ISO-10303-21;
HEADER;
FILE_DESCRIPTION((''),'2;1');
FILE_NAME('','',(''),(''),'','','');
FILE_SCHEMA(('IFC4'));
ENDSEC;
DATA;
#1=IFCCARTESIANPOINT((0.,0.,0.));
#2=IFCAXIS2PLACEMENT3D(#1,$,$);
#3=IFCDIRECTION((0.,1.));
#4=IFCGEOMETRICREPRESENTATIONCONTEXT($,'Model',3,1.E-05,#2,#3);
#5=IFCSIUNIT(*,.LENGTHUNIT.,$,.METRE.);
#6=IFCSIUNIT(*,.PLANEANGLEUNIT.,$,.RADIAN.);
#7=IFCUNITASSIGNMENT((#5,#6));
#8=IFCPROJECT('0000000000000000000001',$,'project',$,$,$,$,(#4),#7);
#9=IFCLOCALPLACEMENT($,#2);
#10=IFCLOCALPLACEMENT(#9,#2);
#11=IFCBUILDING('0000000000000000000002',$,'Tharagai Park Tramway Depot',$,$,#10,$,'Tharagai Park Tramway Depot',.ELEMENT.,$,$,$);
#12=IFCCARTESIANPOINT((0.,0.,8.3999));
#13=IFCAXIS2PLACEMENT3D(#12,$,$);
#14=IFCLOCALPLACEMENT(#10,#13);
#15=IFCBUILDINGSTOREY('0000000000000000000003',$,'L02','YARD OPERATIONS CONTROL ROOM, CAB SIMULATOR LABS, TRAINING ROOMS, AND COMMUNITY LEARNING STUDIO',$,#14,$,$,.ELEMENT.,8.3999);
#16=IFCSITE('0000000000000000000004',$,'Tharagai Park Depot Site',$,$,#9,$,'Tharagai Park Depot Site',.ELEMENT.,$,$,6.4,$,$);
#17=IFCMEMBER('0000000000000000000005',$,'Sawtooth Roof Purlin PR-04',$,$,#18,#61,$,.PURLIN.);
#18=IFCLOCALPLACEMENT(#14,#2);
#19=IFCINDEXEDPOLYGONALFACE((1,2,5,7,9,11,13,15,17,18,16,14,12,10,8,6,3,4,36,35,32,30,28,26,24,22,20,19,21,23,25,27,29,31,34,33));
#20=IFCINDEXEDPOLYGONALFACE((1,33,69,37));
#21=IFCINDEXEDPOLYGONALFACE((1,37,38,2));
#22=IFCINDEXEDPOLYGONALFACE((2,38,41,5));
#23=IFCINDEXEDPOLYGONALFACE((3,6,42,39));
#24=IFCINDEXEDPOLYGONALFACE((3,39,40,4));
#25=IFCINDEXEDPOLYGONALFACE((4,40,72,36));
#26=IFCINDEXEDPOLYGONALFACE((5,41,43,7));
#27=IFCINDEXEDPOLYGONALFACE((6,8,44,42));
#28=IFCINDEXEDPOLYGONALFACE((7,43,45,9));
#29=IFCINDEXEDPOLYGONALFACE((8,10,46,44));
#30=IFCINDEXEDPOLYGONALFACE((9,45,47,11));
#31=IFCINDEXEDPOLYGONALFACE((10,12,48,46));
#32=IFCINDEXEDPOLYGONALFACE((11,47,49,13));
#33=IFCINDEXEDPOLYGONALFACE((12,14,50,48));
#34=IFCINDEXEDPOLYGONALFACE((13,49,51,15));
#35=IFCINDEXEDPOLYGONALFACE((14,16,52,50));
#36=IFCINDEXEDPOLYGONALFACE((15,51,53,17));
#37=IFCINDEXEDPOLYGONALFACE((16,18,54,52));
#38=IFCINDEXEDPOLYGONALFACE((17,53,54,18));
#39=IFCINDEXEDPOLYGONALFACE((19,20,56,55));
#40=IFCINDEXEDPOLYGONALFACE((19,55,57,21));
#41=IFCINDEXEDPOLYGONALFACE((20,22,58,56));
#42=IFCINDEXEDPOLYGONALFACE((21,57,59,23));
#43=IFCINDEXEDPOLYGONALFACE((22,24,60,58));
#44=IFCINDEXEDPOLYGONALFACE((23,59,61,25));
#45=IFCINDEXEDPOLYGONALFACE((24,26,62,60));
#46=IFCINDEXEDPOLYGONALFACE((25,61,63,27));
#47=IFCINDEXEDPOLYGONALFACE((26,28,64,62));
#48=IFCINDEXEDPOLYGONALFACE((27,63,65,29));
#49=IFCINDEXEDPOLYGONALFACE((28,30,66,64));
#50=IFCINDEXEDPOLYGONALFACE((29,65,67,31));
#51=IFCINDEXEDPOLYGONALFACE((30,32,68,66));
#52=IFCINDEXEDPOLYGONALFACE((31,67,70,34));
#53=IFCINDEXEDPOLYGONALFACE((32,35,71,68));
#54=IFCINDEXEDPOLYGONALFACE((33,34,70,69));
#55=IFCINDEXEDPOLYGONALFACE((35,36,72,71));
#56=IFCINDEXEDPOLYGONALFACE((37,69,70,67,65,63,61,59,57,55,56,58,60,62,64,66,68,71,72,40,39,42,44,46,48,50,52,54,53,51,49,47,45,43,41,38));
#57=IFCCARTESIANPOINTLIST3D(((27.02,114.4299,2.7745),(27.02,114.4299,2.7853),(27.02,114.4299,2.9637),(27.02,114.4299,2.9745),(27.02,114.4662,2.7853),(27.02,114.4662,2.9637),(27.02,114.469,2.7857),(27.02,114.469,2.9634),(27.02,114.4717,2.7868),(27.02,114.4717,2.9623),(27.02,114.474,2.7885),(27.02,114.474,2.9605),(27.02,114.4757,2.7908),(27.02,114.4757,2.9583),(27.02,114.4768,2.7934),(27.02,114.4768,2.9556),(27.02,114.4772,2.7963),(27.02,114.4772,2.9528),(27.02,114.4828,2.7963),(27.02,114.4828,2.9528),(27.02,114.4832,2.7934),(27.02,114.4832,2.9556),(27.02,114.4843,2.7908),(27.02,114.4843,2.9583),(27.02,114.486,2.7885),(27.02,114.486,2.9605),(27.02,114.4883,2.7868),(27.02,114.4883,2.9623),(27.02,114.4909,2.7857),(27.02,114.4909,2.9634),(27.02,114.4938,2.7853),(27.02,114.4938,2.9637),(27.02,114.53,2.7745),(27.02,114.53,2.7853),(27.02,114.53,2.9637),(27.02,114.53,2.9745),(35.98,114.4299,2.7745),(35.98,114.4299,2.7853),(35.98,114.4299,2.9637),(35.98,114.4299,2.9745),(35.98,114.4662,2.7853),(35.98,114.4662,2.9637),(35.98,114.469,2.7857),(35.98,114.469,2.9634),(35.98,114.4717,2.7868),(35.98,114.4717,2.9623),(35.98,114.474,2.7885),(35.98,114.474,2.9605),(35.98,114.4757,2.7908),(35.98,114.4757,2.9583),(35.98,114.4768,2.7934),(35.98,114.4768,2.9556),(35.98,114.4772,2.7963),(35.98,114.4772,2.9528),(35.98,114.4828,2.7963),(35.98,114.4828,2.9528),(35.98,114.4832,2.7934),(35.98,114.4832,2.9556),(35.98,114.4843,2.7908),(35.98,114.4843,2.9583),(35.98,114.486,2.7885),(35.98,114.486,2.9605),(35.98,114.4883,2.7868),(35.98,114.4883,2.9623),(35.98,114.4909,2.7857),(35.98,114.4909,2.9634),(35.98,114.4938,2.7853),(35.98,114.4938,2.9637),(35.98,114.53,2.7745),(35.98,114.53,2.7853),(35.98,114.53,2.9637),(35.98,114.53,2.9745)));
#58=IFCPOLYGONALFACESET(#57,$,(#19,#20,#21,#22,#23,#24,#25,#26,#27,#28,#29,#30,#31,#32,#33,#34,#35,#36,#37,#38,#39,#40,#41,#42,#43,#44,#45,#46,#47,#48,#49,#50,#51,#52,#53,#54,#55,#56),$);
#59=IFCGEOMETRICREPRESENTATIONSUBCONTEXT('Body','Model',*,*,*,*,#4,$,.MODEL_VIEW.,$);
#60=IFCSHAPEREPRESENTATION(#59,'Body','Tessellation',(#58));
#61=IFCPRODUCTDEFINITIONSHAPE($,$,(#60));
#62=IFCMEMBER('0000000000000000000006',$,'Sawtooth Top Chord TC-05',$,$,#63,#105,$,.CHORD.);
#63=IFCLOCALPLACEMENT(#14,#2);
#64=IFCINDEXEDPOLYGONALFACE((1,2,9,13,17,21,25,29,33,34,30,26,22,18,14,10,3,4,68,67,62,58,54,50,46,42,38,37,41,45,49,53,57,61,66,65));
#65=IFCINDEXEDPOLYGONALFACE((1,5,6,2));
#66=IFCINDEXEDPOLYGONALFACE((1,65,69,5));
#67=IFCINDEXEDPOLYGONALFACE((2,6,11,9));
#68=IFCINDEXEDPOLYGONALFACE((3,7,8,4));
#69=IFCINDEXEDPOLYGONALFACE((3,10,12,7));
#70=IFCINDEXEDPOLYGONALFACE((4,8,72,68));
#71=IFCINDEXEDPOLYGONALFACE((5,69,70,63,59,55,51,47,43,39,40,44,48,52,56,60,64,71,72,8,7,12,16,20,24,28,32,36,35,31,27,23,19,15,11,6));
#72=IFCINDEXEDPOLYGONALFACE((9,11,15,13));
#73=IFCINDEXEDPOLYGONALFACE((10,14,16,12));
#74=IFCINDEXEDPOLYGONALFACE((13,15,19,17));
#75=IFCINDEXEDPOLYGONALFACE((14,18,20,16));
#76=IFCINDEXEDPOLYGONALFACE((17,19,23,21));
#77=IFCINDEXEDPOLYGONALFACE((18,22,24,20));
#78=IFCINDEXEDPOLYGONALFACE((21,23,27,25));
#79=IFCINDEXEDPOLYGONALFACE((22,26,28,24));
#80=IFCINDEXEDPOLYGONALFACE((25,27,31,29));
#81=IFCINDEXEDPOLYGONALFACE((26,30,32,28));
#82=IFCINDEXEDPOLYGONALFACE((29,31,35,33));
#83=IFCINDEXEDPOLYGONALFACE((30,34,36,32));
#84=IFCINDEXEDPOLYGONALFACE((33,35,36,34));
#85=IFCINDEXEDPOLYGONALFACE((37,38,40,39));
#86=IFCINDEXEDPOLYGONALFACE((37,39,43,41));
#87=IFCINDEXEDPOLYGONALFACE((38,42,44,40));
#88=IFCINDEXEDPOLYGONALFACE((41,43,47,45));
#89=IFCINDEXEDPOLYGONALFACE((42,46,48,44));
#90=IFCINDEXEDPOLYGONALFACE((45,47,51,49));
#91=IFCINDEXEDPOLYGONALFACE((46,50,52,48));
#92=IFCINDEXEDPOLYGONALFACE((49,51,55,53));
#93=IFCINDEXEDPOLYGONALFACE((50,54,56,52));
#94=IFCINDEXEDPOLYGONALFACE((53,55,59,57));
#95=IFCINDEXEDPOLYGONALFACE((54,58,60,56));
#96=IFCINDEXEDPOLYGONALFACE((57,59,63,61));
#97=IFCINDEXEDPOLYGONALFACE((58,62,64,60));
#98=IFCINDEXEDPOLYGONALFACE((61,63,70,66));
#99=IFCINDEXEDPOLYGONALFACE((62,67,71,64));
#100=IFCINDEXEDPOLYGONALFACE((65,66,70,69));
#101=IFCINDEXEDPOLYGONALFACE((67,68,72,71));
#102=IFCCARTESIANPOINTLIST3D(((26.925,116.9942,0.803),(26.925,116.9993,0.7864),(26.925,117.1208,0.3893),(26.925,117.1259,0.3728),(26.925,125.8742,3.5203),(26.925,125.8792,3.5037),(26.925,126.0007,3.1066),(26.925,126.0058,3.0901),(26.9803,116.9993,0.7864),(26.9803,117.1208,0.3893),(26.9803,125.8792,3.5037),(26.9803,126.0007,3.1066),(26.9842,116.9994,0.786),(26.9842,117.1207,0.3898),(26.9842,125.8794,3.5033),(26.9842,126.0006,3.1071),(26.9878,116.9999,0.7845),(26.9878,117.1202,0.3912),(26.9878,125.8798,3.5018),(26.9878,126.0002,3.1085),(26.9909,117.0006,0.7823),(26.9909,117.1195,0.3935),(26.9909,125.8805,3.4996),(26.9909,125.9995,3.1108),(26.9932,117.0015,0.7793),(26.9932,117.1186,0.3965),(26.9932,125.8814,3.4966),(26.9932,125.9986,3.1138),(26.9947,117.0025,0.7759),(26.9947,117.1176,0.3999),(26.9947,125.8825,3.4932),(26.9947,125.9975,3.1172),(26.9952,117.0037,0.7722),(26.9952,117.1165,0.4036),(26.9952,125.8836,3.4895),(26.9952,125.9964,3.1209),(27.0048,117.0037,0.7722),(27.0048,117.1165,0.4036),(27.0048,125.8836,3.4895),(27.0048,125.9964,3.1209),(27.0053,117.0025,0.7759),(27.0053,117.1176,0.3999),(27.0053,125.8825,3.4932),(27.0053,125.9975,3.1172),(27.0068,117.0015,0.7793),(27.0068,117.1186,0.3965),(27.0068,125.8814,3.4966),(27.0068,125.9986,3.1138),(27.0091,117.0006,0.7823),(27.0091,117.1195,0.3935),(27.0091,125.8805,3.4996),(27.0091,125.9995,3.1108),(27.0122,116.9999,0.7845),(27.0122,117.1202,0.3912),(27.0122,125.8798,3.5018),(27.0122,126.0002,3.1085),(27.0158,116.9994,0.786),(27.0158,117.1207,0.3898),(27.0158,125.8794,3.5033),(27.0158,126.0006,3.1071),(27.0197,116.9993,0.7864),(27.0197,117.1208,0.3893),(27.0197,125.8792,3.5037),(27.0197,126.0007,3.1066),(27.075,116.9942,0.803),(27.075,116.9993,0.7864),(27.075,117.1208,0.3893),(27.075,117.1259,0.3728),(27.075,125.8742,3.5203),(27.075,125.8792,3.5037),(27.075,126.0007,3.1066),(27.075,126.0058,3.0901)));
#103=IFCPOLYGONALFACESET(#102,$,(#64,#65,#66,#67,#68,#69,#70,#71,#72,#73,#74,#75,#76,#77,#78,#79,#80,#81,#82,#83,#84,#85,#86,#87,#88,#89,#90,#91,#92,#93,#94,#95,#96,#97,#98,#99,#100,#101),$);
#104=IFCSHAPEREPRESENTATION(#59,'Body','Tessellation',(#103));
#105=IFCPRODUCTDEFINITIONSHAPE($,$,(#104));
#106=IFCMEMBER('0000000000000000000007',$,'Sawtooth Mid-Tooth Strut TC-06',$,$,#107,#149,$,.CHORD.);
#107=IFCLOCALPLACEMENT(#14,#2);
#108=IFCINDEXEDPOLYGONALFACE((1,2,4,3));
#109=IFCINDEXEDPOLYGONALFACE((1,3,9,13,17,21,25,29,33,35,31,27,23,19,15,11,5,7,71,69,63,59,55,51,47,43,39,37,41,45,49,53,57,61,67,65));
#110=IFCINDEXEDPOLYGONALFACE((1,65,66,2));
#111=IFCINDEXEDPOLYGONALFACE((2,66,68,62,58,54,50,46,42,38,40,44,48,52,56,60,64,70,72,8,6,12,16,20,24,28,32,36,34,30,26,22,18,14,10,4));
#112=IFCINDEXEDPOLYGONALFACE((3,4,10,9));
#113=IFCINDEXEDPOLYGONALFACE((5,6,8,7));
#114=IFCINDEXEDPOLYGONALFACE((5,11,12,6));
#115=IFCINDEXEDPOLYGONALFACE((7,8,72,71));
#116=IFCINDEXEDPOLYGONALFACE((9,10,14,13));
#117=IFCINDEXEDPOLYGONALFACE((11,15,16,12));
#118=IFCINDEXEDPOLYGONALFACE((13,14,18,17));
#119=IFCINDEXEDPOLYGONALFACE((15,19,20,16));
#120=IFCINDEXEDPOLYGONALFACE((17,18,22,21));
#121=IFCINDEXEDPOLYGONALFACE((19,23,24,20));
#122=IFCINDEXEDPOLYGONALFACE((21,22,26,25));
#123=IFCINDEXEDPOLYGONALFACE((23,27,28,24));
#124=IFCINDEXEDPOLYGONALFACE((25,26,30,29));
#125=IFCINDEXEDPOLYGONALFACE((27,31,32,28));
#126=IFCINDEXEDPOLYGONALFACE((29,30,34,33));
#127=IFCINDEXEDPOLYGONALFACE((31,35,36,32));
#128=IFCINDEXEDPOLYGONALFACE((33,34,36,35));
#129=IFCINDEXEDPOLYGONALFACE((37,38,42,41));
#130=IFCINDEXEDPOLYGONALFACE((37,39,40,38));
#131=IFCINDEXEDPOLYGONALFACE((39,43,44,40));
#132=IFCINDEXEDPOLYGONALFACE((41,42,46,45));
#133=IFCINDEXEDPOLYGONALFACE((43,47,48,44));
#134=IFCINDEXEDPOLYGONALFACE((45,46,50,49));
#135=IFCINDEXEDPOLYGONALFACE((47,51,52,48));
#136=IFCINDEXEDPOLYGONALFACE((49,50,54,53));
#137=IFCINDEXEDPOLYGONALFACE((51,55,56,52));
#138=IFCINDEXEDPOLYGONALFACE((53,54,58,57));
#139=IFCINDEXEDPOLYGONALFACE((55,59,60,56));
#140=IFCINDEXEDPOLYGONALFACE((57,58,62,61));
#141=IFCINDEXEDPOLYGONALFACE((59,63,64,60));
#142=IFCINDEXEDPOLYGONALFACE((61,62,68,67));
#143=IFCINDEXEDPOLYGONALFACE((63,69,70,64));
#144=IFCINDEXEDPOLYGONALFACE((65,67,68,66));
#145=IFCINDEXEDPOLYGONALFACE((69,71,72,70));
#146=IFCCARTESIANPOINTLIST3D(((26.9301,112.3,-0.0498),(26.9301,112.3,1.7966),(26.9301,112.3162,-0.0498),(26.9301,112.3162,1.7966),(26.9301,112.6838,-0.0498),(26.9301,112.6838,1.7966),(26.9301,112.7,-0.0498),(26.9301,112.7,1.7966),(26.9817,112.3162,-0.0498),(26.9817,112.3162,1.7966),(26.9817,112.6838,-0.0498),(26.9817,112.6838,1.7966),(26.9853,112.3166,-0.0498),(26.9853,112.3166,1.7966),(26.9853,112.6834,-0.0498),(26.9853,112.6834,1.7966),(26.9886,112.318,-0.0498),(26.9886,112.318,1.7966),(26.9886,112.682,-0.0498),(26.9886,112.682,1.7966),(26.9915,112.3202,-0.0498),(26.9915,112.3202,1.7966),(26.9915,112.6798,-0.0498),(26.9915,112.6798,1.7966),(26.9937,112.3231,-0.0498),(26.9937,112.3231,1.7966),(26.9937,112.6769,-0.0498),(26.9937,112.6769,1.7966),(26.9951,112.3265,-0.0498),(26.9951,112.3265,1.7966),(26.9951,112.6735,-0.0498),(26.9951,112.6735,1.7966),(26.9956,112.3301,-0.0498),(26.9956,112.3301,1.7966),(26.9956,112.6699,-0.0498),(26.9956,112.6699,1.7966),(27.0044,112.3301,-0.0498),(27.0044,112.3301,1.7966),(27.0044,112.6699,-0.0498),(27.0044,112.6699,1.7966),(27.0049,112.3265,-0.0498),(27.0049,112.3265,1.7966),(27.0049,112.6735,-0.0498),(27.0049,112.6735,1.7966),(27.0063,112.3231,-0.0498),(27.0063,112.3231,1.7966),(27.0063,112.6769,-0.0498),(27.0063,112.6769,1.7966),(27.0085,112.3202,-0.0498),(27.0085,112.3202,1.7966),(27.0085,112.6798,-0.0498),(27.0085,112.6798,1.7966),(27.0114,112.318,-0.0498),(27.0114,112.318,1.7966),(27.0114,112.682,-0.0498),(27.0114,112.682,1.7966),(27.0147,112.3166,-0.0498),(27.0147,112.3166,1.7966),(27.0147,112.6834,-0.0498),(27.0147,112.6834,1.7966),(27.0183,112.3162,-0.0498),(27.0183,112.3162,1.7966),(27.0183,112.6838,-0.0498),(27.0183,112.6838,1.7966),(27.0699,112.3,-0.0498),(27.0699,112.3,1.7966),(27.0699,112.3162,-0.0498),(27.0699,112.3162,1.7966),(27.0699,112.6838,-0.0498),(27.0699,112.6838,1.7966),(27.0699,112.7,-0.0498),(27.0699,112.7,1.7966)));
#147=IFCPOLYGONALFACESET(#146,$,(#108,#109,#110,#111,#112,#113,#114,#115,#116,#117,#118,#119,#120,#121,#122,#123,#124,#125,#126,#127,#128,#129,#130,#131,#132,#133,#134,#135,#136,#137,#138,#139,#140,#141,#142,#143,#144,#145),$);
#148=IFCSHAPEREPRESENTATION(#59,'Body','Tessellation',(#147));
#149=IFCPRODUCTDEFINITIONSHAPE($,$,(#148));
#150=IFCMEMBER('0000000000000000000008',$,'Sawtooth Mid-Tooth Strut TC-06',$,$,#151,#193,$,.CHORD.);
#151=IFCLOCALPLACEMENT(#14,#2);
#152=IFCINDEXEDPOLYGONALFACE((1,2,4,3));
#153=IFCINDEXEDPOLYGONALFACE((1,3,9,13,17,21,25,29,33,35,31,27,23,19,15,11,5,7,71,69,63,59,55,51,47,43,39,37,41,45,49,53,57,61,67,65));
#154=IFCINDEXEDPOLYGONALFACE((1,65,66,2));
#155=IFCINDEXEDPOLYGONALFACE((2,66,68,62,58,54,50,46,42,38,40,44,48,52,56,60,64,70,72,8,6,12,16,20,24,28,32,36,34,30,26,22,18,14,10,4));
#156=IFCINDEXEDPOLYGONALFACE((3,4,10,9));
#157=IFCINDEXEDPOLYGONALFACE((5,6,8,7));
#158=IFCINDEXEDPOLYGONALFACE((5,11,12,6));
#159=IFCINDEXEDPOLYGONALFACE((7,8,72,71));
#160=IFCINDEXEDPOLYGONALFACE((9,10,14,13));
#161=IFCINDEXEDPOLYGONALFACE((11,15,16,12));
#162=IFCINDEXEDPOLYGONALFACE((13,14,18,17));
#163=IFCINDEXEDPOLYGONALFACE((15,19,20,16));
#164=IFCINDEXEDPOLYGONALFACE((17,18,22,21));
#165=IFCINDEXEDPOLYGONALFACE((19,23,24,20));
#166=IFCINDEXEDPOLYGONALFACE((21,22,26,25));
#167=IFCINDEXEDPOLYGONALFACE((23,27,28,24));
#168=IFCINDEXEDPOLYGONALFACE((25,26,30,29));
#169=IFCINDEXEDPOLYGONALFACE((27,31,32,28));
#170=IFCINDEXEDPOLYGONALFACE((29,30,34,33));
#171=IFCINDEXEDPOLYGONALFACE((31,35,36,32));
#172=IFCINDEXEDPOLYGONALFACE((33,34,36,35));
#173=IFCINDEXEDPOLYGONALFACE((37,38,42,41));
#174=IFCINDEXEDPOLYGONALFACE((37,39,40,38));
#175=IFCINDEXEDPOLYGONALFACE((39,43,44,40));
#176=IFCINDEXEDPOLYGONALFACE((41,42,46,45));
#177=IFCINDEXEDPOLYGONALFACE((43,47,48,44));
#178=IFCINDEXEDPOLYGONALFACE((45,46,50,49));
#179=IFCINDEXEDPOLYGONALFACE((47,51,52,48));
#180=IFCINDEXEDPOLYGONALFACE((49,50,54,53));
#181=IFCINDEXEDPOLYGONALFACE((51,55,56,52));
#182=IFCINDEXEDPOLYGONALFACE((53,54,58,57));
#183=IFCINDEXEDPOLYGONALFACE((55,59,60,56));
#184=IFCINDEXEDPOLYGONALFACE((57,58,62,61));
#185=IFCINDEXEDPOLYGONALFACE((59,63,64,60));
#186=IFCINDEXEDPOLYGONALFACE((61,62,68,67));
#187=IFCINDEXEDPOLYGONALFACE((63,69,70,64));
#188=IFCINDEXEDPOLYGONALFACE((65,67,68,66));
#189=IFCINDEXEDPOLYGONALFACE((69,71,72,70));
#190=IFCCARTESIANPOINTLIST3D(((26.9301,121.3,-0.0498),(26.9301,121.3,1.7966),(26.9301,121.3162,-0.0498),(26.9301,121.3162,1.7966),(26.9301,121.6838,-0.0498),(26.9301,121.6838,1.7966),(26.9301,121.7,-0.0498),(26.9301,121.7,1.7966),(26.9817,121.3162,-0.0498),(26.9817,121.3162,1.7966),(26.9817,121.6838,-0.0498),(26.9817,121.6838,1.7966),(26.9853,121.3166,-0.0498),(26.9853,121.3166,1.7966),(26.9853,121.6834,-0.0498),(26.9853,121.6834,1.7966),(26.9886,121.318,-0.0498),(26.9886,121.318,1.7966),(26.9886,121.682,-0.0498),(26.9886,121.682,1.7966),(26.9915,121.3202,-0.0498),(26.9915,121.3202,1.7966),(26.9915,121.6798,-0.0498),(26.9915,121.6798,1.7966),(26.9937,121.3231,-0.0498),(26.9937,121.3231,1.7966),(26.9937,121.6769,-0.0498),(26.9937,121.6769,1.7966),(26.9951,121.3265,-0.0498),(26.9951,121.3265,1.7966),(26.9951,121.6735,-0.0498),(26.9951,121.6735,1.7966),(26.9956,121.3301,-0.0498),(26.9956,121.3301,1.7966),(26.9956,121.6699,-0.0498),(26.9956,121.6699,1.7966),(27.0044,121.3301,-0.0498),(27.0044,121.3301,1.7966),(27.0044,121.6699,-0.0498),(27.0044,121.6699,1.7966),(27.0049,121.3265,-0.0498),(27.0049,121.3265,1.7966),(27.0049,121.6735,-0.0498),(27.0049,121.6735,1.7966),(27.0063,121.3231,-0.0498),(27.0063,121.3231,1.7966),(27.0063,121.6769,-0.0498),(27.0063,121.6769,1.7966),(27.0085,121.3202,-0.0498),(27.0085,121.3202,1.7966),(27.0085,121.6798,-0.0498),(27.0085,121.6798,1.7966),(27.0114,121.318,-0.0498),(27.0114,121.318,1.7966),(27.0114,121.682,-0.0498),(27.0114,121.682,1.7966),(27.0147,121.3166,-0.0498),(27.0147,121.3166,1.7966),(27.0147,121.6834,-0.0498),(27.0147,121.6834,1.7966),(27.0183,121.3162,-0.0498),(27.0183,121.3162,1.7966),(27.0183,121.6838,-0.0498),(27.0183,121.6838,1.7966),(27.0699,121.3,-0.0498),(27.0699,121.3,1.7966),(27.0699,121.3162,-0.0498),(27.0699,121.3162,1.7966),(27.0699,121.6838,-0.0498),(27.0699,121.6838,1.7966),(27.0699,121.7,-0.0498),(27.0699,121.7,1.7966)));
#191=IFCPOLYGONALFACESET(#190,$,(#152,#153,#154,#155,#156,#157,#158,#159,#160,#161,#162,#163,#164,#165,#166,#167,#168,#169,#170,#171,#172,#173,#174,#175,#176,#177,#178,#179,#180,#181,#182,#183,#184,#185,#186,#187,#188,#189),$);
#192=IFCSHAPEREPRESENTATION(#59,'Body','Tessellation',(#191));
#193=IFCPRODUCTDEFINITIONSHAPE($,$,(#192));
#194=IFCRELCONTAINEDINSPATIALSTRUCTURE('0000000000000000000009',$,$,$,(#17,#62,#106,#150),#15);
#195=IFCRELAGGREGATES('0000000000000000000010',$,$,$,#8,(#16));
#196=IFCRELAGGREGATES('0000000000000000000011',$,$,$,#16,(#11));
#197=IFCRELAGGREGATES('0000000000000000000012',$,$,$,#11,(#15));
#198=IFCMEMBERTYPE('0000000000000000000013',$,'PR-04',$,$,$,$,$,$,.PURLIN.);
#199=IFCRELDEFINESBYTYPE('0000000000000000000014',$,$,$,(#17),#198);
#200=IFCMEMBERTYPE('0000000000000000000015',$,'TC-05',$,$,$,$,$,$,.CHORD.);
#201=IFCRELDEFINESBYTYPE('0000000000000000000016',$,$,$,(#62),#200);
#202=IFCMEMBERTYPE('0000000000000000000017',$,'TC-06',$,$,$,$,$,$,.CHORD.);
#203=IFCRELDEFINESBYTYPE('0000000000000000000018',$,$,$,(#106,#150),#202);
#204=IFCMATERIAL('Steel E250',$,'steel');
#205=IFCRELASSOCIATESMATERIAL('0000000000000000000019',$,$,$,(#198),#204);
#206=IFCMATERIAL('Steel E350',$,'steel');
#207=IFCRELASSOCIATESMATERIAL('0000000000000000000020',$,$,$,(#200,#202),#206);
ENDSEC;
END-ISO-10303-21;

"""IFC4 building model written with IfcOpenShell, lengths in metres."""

from ifc_helpers import new_model, si_unit, direction, frame, origin, origin_2d, place, context, subcontext, project, spatial, i_section, extrude, material, material_profile, profile_set, type_object, element, save


model = new_model("IFC4")

# Units and contexts
model_context = context("Model", 3, precision=1e-05, world=origin(), true_north=direction((0.0, 1.0)))
body_context = subcontext(model_context, "Body", "Model", "MODEL_VIEW")
ifc_project = project(units=[si_unit("LENGTHUNIT", "METRE"), si_unit("PLANEANGLEUNIT", "RADIAN")], contexts=[model_context])

# Site, building, storey
site_placement = place(None, origin())
site = spatial("IfcSite", under=ifc_project, at=site_placement, Name="Tharagai Park Depot Site", LongName="Tharagai Park Depot Site", CompositionType="ELEMENT", RefElevation=6.4)
building_placement = place(site_placement, origin())
building = spatial("IfcBuilding", under=site, at=building_placement, Name="Tharagai Park Tramway Depot", LongName="Tharagai Park Tramway Depot", CompositionType="ELEMENT")
storey_placement = place(building_placement, frame((0.0, 0.0, 8.3999)))
storey = spatial("IfcBuildingStorey", under=building, at=storey_placement, Name="L02", Description="YARD OPERATIONS CONTROL ROOM, CAB SIMULATOR LABS, TRAINING ROOMS, AND COMMUNITY LEARNING STUDIO", CompositionType="ELEMENT", Elevation=8.3999)

# Shared definitions
ifc_material_1 = material(Name="Steel E350", Category="steel")

# Shared definitions
ifc_material_2 = material(Name="Steel E250", Category="steel")

# Members
ifc_material_profile_1 = material_profile(ifc_material_2, i_section(OverallWidth=0.1001, OverallDepth=0.2, WebThickness=0.0056, FlangeThickness=0.0107, FilletRadius=0.011, at=origin_2d()), Name="ISMB 200")
ifc_profile_set_1 = profile_set([ifc_material_profile_1], Name="Steel E250")
member_type_1 = type_object("IfcMemberType", Name="PR-04", PredefinedType="PURLIN", material=ifc_profile_set_1)
member_1_placement = place(storey_placement, frame((27.02, 114.48, 2.8745), z_axis=(1.0, 0.0, 0.0), x_axis=(0.0, 1.0, 0.0)))
element("IfcMember", 1, at=member_1_placement, inside=storey, type_object=member_type_1, Name="Sawtooth Roof Purlin PR-04", PredefinedType="PURLIN", context=body_context, shape_type="SweptSolid", body=[
    extrude(i_section(OverallWidth=0.1001, OverallDepth=0.2, WebThickness=0.0056, FlangeThickness=0.0107, FilletRadius=0.011, at=origin_2d()), origin(), (0.0, 0.0, 1.0), 8.96),
])
ifc_material_profile_2 = material_profile(ifc_material_1, i_section(OverallWidth=0.1499, OverallDepth=0.45, WebThickness=0.0095, FlangeThickness=0.0173, FilletRadius=0.0149, at=origin_2d()), Name="ISMB 450")
ifc_profile_set_2 = profile_set([ifc_material_profile_2], Name="Steel E350")
member_type_2 = type_object("IfcMemberType", Name="TC-05", PredefinedType="CHORD", material=ifc_profile_set_2)
member_2_placement = place(storey_placement, frame((27.0, 117.0601, 0.5879), z_axis=(0.0, 0.956231, 0.292611), x_axis=(-1.0, 0.0, 0.0)))
element("IfcMember", 2, at=member_2_placement, inside=storey, type_object=member_type_2, Name="Sawtooth Top Chord TC-05", PredefinedType="CHORD", context=body_context, shape_type="SweptSolid", body=[
    extrude(i_section(OverallWidth=0.1499, OverallDepth=0.45, WebThickness=0.0095, FlangeThickness=0.0173, FilletRadius=0.0149, at=origin_2d()), origin(), (0.0, 0.0, 1.0), 9.2864),
])
ifc_material_profile_3 = material_profile(ifc_material_1, i_section(OverallWidth=0.1399, OverallDepth=0.3999, WebThickness=0.0088, FlangeThickness=0.0161, FilletRadius=0.0139, at=origin_2d()), Name="ISMB 400")
ifc_profile_set_3 = profile_set([ifc_material_profile_3], Name="Steel E350")
member_type_3 = type_object("IfcMemberType", Name="TC-06", PredefinedType="CHORD", material=ifc_profile_set_3)
for number, where, z_axis, x_axis, name in (
    (3, (27.0, 112.5, -0.0498), (0.0, 0.0, 1.0), (1.0, 0.0, 0.0), "Sawtooth Mid-Tooth Strut TC-06"),
    (4, (27.0, 121.5, -0.0498), (0.0, 0.0, 1.0), (1.0, 0.0, 0.0), "Sawtooth Mid-Tooth Strut TC-06"),
):
    element("IfcMember", number, at=place(storey_placement, frame(where, z_axis=z_axis, x_axis=x_axis)), inside=storey, type_object=member_type_3, Name=name, PredefinedType="CHORD", context=body_context, shape_type="SweptSolid", body=[
        extrude(i_section(OverallWidth=0.1399, OverallDepth=0.3999, WebThickness=0.0088, FlangeThickness=0.0161, FilletRadius=0.0139, at=origin_2d()), origin(), (0.0, 0.0, 1.0), 1.8464),
    ])

save(model, "model.ifc")
